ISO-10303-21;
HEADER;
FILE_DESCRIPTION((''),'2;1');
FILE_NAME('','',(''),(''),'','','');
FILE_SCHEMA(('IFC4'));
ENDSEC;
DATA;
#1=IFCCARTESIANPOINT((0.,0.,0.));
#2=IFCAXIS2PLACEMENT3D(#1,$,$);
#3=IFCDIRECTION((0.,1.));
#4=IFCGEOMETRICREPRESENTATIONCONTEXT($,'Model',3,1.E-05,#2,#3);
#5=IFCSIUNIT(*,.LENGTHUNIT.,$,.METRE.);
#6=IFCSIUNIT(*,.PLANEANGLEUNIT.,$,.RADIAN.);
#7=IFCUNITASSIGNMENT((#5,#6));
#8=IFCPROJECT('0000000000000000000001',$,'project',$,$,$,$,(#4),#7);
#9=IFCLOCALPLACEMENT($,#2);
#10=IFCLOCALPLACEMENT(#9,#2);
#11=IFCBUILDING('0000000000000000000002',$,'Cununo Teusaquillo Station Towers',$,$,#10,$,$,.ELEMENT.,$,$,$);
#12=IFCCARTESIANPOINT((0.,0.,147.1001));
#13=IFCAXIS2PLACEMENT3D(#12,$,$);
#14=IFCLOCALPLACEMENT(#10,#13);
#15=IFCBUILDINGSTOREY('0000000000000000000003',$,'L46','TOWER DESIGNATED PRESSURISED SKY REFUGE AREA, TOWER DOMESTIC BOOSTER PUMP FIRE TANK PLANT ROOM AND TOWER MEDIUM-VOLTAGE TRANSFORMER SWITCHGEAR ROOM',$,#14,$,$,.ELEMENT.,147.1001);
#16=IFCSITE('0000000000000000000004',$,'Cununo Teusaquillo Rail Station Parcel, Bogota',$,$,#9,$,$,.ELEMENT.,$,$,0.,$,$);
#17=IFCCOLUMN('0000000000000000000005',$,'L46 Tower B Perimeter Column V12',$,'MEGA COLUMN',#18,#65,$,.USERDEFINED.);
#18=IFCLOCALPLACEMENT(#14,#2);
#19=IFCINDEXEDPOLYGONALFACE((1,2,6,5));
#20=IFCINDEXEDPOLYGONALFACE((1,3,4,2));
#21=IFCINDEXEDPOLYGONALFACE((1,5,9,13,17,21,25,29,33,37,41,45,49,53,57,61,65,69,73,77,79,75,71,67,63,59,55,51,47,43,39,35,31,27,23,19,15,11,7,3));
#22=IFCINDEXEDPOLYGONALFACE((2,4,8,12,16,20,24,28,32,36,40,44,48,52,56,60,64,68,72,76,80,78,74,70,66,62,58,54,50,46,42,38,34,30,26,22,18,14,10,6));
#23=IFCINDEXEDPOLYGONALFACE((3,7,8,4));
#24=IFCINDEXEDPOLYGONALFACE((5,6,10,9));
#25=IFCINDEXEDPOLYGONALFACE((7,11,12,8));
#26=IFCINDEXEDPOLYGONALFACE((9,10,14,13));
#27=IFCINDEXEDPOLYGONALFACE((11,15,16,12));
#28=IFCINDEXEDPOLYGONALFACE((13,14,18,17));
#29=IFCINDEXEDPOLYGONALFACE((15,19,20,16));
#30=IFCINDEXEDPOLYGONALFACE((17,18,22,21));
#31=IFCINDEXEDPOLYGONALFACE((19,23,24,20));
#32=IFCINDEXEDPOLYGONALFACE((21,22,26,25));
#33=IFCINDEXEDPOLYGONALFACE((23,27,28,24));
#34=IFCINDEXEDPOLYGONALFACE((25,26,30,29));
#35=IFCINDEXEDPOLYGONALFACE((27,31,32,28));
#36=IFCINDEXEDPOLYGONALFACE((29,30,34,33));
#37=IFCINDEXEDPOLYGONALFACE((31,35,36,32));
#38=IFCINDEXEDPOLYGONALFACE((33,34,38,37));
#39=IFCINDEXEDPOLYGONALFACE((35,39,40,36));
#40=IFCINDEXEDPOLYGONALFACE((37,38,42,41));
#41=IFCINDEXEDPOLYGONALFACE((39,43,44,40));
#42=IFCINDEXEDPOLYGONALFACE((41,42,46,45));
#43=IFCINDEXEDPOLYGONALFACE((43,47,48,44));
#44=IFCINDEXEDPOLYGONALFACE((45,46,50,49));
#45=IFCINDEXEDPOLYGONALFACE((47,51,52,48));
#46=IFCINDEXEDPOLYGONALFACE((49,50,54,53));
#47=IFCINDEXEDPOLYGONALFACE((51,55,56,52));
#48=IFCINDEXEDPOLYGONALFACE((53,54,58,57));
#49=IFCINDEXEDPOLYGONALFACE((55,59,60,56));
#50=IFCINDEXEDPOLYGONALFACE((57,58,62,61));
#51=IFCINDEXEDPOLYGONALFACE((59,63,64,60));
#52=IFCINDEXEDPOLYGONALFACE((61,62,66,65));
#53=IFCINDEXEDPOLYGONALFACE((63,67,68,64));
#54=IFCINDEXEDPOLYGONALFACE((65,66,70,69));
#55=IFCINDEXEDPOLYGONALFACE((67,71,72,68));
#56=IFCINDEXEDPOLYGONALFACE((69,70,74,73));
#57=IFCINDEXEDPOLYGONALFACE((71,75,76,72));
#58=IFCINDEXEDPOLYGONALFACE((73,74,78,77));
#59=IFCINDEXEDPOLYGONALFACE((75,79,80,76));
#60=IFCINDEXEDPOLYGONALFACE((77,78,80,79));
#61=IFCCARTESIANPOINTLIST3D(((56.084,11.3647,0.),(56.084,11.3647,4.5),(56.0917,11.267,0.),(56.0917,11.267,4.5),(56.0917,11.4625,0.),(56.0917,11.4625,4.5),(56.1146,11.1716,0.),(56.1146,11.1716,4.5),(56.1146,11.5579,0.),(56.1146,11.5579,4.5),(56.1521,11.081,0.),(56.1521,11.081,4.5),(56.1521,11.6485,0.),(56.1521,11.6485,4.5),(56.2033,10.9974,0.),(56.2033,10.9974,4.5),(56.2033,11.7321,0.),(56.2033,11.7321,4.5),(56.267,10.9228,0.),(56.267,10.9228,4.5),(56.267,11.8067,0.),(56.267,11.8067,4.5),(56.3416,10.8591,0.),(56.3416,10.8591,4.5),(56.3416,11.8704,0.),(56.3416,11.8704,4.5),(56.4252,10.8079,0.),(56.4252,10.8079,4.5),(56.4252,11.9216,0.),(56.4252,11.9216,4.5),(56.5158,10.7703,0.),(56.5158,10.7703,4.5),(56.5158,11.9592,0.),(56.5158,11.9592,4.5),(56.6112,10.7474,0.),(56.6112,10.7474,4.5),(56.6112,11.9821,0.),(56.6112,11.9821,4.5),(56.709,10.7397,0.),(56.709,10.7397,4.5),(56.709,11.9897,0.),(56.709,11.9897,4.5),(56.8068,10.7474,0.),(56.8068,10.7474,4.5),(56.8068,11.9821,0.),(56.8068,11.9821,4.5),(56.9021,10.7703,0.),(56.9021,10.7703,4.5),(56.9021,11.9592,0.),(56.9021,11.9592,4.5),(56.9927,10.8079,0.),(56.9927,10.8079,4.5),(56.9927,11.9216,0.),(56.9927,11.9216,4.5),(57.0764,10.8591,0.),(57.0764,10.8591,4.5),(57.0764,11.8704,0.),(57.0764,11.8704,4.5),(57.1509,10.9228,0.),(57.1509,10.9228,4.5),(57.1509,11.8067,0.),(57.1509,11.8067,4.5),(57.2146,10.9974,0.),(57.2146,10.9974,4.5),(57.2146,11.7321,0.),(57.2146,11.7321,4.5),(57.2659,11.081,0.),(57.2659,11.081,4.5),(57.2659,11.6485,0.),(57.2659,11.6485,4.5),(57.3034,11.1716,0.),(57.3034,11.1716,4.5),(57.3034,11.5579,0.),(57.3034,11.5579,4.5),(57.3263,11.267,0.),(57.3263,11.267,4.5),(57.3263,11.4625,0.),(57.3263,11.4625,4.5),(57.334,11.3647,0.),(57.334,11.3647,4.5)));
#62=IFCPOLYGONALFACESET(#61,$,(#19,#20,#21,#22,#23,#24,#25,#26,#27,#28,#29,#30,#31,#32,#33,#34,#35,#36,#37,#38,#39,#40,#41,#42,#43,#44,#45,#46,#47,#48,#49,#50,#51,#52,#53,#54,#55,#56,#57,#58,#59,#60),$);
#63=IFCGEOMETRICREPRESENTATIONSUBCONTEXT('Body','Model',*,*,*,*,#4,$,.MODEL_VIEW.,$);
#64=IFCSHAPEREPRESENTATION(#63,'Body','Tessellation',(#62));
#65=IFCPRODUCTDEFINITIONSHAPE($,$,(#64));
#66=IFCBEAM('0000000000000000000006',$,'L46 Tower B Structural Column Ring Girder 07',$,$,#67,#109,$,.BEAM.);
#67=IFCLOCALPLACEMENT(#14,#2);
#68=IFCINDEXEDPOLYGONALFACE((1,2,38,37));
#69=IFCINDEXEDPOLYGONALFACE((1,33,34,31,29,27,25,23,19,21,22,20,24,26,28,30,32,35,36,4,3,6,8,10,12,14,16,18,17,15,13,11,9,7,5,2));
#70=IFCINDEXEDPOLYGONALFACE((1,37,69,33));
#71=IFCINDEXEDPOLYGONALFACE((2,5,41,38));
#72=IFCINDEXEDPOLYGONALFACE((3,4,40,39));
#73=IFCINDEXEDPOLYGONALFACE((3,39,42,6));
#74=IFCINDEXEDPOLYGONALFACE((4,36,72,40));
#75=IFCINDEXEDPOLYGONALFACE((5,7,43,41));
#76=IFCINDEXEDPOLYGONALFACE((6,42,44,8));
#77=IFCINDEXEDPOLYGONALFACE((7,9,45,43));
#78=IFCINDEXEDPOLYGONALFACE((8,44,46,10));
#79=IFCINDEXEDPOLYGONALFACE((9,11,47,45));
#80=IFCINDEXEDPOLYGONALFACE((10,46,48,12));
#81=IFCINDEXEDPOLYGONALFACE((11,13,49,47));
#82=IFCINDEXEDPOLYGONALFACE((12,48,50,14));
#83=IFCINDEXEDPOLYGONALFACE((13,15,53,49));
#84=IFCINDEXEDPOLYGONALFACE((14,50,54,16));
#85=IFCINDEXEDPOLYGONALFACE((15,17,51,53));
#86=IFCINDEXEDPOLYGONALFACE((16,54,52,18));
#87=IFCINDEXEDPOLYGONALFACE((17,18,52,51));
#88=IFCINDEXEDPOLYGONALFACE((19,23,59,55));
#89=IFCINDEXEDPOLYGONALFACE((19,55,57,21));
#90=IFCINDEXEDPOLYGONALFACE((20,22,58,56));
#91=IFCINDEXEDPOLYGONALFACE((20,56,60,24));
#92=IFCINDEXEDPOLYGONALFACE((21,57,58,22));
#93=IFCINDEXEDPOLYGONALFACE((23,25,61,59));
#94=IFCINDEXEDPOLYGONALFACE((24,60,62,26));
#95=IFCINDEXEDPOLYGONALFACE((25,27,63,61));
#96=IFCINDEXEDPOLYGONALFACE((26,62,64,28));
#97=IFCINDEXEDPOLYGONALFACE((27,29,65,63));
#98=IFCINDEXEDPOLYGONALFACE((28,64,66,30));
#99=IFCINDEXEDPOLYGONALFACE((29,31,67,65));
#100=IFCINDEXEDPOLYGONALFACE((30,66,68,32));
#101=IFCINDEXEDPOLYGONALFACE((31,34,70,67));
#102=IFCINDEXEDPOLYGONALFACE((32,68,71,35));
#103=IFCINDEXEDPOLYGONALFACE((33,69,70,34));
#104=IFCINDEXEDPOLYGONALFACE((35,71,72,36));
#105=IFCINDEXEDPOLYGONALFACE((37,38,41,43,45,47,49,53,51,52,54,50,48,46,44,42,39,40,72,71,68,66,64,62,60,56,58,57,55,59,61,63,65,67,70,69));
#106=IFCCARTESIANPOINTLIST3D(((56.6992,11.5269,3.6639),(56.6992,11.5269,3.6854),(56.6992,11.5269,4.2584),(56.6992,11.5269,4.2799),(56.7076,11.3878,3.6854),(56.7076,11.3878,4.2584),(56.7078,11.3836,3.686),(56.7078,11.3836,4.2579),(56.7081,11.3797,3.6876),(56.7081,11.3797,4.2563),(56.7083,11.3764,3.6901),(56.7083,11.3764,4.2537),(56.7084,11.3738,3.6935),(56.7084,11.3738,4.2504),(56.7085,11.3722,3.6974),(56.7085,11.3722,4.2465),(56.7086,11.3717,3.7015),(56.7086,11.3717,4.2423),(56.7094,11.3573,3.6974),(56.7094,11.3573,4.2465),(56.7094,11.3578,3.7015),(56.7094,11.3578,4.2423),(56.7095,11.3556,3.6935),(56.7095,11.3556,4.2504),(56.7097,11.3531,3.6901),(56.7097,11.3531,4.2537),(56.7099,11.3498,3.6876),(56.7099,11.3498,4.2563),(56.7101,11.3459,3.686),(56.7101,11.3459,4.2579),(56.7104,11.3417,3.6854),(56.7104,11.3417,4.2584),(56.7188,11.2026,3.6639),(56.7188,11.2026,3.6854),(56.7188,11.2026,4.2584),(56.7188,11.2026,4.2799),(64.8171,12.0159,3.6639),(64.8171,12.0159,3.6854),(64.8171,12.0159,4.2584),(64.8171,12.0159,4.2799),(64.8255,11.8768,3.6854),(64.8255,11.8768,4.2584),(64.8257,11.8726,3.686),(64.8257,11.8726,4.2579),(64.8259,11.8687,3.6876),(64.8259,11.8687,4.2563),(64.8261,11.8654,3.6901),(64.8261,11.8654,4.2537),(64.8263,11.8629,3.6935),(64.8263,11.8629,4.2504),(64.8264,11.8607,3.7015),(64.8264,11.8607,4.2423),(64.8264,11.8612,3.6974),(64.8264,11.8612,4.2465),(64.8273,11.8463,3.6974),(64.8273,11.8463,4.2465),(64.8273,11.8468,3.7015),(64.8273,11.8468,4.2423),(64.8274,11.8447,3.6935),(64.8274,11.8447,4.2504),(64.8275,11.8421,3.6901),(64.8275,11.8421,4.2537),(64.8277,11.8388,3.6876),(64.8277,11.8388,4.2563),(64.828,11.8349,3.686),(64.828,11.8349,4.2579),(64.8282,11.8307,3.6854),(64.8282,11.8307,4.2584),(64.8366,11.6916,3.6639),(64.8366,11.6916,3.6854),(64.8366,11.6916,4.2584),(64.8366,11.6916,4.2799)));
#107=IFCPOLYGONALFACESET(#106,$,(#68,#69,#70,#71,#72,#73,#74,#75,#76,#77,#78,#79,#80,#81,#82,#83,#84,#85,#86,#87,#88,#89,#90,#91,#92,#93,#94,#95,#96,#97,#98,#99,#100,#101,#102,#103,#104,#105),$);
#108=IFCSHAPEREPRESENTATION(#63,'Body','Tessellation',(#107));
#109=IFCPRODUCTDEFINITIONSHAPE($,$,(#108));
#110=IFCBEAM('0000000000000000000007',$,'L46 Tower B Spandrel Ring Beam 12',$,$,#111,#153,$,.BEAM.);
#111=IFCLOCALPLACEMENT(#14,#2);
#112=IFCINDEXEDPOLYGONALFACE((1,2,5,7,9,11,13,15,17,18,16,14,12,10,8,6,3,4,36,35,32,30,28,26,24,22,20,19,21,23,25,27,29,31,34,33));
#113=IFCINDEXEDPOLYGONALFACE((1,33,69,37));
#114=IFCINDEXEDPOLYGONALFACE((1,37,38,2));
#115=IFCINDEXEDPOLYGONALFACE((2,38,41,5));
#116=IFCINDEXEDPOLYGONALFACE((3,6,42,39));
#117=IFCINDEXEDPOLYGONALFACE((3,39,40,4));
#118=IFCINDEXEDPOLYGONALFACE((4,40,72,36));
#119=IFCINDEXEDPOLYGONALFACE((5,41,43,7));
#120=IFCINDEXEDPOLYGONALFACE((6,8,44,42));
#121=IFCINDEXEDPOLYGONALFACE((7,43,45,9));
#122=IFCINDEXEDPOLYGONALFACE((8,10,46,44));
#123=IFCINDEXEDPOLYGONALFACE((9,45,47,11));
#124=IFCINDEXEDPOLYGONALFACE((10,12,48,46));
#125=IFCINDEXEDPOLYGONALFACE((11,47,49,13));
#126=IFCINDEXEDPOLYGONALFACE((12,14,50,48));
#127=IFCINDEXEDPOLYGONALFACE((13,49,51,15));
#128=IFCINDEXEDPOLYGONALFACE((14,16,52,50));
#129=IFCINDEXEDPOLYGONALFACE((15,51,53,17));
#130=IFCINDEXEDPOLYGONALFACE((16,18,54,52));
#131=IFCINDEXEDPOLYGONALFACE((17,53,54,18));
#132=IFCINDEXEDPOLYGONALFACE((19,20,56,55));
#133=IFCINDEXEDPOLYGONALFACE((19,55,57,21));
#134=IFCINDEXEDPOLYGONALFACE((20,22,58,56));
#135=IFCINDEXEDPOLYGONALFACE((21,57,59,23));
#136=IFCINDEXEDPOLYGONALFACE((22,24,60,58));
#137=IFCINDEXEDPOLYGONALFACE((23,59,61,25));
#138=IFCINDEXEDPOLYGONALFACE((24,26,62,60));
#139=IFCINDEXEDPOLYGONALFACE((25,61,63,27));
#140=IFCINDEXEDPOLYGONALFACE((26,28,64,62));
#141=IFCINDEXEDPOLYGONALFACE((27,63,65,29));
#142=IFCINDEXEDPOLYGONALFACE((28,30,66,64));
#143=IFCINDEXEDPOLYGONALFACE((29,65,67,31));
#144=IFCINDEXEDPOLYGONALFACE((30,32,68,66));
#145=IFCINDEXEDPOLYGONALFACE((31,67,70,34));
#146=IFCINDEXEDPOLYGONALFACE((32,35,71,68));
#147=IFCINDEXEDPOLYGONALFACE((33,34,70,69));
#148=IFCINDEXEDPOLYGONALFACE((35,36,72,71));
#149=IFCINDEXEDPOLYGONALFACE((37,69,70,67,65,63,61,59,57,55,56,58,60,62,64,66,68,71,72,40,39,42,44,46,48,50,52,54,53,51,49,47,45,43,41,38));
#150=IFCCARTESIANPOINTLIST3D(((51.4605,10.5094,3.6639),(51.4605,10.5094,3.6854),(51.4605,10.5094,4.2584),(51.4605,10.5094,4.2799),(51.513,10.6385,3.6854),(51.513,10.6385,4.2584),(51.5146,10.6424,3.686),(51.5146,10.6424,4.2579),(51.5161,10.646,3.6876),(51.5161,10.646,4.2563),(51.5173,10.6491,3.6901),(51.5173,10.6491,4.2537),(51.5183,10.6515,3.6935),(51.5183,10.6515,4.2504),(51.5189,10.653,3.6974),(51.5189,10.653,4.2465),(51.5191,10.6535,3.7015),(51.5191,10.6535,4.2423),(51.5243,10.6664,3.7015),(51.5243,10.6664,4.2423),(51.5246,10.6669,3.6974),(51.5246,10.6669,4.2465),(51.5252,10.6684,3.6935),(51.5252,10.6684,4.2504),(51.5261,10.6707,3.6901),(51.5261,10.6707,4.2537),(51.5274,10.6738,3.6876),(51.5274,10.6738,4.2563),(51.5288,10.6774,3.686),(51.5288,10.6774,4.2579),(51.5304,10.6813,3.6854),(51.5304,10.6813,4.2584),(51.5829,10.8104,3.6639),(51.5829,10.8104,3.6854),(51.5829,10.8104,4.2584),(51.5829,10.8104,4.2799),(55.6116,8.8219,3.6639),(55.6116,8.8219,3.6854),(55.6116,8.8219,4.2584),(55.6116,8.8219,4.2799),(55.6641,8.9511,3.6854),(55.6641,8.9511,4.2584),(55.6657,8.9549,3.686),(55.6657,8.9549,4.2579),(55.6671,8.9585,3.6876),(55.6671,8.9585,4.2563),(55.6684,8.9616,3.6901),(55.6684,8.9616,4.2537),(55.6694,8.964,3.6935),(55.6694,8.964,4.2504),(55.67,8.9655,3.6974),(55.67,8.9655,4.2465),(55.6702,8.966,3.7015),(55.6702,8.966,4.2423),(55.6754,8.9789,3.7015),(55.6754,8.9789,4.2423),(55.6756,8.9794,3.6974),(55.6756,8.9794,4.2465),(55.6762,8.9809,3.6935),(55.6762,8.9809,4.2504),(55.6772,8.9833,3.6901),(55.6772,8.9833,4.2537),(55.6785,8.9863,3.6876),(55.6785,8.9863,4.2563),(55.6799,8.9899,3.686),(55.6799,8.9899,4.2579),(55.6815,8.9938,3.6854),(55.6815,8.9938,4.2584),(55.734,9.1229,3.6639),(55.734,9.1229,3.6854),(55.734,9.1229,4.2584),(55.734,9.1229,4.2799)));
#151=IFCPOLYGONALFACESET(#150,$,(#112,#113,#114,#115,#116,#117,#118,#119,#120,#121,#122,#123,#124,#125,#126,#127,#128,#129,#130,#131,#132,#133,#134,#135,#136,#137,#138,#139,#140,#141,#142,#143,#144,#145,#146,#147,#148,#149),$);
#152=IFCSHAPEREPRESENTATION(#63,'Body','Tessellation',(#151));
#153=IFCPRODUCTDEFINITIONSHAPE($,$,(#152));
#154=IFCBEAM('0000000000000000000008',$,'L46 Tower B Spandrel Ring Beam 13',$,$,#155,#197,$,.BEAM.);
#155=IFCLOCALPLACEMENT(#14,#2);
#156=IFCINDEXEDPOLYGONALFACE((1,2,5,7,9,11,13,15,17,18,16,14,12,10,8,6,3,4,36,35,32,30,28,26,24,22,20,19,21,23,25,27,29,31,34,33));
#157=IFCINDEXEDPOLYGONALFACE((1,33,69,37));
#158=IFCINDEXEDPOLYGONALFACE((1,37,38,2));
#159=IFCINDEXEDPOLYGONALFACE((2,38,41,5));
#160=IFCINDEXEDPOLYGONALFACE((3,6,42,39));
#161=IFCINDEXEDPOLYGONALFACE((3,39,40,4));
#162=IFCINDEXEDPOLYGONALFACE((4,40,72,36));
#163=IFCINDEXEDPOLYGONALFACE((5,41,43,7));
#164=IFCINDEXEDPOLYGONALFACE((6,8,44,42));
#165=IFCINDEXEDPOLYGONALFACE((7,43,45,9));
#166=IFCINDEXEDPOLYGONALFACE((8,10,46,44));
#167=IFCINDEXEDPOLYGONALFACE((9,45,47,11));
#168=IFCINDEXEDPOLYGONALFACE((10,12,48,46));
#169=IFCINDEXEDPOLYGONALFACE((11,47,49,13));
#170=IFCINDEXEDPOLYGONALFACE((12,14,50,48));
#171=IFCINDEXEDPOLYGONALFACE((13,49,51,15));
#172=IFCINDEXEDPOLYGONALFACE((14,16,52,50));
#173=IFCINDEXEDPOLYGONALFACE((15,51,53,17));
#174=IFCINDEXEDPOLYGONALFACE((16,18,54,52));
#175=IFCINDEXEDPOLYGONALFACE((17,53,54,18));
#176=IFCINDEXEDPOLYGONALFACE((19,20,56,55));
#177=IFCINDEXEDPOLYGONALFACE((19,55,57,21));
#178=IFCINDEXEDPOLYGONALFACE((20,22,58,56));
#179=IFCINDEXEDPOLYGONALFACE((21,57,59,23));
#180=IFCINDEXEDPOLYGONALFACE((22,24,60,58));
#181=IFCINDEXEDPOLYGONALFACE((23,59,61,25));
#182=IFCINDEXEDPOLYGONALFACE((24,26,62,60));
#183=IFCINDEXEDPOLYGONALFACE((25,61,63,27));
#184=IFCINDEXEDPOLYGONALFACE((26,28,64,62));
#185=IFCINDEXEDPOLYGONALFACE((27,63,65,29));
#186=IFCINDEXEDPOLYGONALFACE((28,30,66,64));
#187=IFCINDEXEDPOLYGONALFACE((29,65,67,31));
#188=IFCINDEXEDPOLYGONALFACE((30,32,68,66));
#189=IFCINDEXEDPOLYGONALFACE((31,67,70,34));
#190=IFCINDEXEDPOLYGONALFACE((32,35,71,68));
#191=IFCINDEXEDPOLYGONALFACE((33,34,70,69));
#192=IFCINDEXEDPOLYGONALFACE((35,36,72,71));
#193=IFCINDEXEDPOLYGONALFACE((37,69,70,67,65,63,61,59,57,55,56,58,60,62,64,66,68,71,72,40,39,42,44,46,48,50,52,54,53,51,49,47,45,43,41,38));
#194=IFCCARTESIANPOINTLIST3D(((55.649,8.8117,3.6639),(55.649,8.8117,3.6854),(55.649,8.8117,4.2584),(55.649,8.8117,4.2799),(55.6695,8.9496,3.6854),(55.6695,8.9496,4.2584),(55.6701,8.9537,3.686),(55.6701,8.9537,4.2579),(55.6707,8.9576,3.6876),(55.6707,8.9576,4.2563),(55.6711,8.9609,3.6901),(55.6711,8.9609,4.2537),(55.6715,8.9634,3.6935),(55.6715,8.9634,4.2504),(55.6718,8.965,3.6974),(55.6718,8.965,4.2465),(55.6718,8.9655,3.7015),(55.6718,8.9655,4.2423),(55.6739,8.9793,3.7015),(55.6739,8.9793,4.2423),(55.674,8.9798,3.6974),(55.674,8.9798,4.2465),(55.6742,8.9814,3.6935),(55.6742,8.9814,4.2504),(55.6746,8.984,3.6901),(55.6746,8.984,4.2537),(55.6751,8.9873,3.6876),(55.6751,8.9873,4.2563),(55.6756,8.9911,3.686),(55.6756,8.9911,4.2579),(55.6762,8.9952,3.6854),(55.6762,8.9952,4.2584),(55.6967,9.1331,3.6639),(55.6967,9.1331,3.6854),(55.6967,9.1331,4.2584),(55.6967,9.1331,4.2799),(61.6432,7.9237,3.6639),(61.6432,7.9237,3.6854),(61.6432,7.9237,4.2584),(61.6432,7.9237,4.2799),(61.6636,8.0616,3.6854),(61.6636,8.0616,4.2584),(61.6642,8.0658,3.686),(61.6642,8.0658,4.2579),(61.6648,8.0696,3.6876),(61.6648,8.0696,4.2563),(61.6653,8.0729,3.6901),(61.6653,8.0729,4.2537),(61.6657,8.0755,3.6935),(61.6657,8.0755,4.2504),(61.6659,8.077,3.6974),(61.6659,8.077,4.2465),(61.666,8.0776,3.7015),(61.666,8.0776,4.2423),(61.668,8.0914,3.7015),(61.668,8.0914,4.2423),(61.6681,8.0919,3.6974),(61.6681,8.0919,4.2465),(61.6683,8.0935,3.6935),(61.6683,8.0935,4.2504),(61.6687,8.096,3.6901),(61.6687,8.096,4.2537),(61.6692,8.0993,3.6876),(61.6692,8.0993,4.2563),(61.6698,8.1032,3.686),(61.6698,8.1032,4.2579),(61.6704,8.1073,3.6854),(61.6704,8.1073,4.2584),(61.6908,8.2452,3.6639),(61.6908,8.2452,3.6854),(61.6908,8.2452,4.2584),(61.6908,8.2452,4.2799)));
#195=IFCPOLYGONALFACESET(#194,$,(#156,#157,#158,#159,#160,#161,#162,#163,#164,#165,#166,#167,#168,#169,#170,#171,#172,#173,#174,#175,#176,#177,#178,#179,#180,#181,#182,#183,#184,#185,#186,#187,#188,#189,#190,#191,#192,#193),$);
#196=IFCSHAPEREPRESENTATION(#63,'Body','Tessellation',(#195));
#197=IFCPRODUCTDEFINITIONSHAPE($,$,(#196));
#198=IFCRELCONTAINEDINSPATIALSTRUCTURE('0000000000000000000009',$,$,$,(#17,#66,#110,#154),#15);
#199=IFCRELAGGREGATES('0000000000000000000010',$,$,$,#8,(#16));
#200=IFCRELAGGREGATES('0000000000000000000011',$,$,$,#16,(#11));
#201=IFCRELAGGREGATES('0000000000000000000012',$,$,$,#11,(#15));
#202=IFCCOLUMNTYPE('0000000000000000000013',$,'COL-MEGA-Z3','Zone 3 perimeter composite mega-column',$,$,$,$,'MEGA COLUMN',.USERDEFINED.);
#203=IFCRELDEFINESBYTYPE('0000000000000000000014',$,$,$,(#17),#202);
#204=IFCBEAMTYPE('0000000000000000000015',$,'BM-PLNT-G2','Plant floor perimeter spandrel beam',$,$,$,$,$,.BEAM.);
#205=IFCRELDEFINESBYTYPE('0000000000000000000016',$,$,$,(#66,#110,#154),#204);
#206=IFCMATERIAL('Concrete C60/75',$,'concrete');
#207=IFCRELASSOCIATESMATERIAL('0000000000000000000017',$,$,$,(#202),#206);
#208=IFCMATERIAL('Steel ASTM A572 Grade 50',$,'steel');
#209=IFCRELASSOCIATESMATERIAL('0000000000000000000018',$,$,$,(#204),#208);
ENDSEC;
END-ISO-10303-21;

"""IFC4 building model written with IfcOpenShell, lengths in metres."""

from ifc_helpers import new_model, si_unit, direction, frame, origin, origin_2d, place, context, subcontext, project, spatial, circle, i_section, extrude, material, material_profile, profile_set, type_object, element, save


model = new_model("IFC4")

# Units and contexts
model_context = context("Model", 3, precision=1e-05, world=origin(), true_north=direction((0.0, 1.0)))
body_context = subcontext(model_context, "Body", "Model", "MODEL_VIEW")
ifc_project = project(units=[si_unit("LENGTHUNIT", "METRE"), si_unit("PLANEANGLEUNIT", "RADIAN")], contexts=[model_context])

# Site, building, storey
site_placement = place(None, origin())
site = spatial("IfcSite", under=ifc_project, at=site_placement, Name="Cununo Teusaquillo Rail Station Parcel, Bogota", CompositionType="ELEMENT", RefElevation=0.0)
building_placement = place(site_placement, origin())
building = spatial("IfcBuilding", under=site, at=building_placement, Name="Cununo Teusaquillo Station Towers", CompositionType="ELEMENT")
storey_placement = place(building_placement, frame((0.0, 0.0, 147.1001)))
storey = spatial("IfcBuildingStorey", under=building, at=storey_placement, Name="L46", Description="TOWER DESIGNATED PRESSURISED SKY REFUGE AREA, TOWER DOMESTIC BOOSTER PUMP FIRE TANK PLANT ROOM AND TOWER MEDIUM-VOLTAGE TRANSFORMER SWITCHGEAR ROOM", CompositionType="ELEMENT", Elevation=147.1001)

# Column
ifc_material_1 = material(Name="Concrete C60/75", Category="concrete")
ifc_material_profile_1 = material_profile(ifc_material_1, circle(Radius=0.625, at=origin_2d()), Name="RC-CIRC-1250")
ifc_profile_set_1 = profile_set([ifc_material_profile_1], Name="Concrete C60/75")
column_type = type_object("IfcColumnType", Name="COL-MEGA-Z3", Description="Zone 3 perimeter composite mega-column", ElementType="MEGA COLUMN", PredefinedType="USERDEFINED", material=ifc_profile_set_1)
column_placement = place(storey_placement, frame((56.709, 11.3647, 0.0), z_axis=(0.0, 0.0, 1.0), x_axis=(1.0, 0.0, 0.0)))
element("IfcColumn", 1, at=column_placement, inside=storey, type_object=column_type, Name="L46 Tower B Perimeter Column V12", ObjectType="MEGA COLUMN", PredefinedType="USERDEFINED", context=body_context, shape_type="SweptSolid", body=[
    extrude(circle(Radius=0.625, at=origin_2d()), origin(), (0.0, 0.0, 1.0), 4.5),
])

# Beams
ifc_material_2 = material(Name="Steel ASTM A572 Grade 50", Category="steel")
ifc_material_profile_2 = material_profile(ifc_material_2, i_section(OverallWidth=0.325, OverallDepth=0.616, WebThickness=0.0139, FlangeThickness=0.0215, FilletRadius=0.0161, at=origin_2d()), Name="W24X117")
ifc_profile_set_2 = profile_set([ifc_material_profile_2], Name="Steel ASTM A572 Grade 50")
beam_type = type_object("IfcBeamType", Name="BM-PLNT-G2", Description="Plant floor perimeter spandrel beam", PredefinedType="BEAM", material=ifc_profile_set_2)
beam_1_placement = place(storey_placement, frame((56.709, 11.3647, 3.9719), z_axis=(0.998191, 0.06013, 0.0), x_axis=(-0.06013, 0.998191, 0.0)))
element("IfcBeam", 2, at=beam_1_placement, inside=storey, type_object=beam_type, Name="L46 Tower B Structural Column Ring Girder 07", PredefinedType="BEAM", context=body_context, shape_type="SweptSolid", body=[
    extrude(i_section(OverallWidth=0.325, OverallDepth=0.616, WebThickness=0.0139, FlangeThickness=0.0215, FilletRadius=0.0161, at=origin_2d()), origin(), (0.0, 0.0, 1.0), 8.1326),
])
beam_2_placement = place(storey_placement, frame((51.5217, 10.6599, 3.9719), z_axis=(0.92638, -0.376589, 0.0), x_axis=(0.376589, 0.92638, 0.0)))
element("IfcBeam", 3, at=beam_2_placement, inside=storey, type_object=beam_type, Name="L46 Tower B Spandrel Ring Beam 12", PredefinedType="BEAM", context=body_context, shape_type="SweptSolid", body=[
    extrude(i_section(OverallWidth=0.325, OverallDepth=0.616, WebThickness=0.0139, FlangeThickness=0.0215, FilletRadius=0.0161, at=origin_2d()), origin(), (0.0, 0.0, 1.0), 4.481),
])
beam_3_placement = place(storey_placement, frame((55.6729, 8.9724, 3.9719), z_axis=(0.989205, -0.146536, 0.0), x_axis=(0.146536, 0.989205, 0.0)))
element("IfcBeam", 4, at=beam_3_placement, inside=storey, type_object=beam_type, Name="L46 Tower B Spandrel Ring Beam 13", PredefinedType="BEAM", context=body_context, shape_type="SweptSolid", body=[
    extrude(i_section(OverallWidth=0.325, OverallDepth=0.616, WebThickness=0.0139, FlangeThickness=0.0215, FilletRadius=0.0161, at=origin_2d()), origin(), (0.0, 0.0, 1.0), 6.0596),
])

save(model, "model.ifc")
